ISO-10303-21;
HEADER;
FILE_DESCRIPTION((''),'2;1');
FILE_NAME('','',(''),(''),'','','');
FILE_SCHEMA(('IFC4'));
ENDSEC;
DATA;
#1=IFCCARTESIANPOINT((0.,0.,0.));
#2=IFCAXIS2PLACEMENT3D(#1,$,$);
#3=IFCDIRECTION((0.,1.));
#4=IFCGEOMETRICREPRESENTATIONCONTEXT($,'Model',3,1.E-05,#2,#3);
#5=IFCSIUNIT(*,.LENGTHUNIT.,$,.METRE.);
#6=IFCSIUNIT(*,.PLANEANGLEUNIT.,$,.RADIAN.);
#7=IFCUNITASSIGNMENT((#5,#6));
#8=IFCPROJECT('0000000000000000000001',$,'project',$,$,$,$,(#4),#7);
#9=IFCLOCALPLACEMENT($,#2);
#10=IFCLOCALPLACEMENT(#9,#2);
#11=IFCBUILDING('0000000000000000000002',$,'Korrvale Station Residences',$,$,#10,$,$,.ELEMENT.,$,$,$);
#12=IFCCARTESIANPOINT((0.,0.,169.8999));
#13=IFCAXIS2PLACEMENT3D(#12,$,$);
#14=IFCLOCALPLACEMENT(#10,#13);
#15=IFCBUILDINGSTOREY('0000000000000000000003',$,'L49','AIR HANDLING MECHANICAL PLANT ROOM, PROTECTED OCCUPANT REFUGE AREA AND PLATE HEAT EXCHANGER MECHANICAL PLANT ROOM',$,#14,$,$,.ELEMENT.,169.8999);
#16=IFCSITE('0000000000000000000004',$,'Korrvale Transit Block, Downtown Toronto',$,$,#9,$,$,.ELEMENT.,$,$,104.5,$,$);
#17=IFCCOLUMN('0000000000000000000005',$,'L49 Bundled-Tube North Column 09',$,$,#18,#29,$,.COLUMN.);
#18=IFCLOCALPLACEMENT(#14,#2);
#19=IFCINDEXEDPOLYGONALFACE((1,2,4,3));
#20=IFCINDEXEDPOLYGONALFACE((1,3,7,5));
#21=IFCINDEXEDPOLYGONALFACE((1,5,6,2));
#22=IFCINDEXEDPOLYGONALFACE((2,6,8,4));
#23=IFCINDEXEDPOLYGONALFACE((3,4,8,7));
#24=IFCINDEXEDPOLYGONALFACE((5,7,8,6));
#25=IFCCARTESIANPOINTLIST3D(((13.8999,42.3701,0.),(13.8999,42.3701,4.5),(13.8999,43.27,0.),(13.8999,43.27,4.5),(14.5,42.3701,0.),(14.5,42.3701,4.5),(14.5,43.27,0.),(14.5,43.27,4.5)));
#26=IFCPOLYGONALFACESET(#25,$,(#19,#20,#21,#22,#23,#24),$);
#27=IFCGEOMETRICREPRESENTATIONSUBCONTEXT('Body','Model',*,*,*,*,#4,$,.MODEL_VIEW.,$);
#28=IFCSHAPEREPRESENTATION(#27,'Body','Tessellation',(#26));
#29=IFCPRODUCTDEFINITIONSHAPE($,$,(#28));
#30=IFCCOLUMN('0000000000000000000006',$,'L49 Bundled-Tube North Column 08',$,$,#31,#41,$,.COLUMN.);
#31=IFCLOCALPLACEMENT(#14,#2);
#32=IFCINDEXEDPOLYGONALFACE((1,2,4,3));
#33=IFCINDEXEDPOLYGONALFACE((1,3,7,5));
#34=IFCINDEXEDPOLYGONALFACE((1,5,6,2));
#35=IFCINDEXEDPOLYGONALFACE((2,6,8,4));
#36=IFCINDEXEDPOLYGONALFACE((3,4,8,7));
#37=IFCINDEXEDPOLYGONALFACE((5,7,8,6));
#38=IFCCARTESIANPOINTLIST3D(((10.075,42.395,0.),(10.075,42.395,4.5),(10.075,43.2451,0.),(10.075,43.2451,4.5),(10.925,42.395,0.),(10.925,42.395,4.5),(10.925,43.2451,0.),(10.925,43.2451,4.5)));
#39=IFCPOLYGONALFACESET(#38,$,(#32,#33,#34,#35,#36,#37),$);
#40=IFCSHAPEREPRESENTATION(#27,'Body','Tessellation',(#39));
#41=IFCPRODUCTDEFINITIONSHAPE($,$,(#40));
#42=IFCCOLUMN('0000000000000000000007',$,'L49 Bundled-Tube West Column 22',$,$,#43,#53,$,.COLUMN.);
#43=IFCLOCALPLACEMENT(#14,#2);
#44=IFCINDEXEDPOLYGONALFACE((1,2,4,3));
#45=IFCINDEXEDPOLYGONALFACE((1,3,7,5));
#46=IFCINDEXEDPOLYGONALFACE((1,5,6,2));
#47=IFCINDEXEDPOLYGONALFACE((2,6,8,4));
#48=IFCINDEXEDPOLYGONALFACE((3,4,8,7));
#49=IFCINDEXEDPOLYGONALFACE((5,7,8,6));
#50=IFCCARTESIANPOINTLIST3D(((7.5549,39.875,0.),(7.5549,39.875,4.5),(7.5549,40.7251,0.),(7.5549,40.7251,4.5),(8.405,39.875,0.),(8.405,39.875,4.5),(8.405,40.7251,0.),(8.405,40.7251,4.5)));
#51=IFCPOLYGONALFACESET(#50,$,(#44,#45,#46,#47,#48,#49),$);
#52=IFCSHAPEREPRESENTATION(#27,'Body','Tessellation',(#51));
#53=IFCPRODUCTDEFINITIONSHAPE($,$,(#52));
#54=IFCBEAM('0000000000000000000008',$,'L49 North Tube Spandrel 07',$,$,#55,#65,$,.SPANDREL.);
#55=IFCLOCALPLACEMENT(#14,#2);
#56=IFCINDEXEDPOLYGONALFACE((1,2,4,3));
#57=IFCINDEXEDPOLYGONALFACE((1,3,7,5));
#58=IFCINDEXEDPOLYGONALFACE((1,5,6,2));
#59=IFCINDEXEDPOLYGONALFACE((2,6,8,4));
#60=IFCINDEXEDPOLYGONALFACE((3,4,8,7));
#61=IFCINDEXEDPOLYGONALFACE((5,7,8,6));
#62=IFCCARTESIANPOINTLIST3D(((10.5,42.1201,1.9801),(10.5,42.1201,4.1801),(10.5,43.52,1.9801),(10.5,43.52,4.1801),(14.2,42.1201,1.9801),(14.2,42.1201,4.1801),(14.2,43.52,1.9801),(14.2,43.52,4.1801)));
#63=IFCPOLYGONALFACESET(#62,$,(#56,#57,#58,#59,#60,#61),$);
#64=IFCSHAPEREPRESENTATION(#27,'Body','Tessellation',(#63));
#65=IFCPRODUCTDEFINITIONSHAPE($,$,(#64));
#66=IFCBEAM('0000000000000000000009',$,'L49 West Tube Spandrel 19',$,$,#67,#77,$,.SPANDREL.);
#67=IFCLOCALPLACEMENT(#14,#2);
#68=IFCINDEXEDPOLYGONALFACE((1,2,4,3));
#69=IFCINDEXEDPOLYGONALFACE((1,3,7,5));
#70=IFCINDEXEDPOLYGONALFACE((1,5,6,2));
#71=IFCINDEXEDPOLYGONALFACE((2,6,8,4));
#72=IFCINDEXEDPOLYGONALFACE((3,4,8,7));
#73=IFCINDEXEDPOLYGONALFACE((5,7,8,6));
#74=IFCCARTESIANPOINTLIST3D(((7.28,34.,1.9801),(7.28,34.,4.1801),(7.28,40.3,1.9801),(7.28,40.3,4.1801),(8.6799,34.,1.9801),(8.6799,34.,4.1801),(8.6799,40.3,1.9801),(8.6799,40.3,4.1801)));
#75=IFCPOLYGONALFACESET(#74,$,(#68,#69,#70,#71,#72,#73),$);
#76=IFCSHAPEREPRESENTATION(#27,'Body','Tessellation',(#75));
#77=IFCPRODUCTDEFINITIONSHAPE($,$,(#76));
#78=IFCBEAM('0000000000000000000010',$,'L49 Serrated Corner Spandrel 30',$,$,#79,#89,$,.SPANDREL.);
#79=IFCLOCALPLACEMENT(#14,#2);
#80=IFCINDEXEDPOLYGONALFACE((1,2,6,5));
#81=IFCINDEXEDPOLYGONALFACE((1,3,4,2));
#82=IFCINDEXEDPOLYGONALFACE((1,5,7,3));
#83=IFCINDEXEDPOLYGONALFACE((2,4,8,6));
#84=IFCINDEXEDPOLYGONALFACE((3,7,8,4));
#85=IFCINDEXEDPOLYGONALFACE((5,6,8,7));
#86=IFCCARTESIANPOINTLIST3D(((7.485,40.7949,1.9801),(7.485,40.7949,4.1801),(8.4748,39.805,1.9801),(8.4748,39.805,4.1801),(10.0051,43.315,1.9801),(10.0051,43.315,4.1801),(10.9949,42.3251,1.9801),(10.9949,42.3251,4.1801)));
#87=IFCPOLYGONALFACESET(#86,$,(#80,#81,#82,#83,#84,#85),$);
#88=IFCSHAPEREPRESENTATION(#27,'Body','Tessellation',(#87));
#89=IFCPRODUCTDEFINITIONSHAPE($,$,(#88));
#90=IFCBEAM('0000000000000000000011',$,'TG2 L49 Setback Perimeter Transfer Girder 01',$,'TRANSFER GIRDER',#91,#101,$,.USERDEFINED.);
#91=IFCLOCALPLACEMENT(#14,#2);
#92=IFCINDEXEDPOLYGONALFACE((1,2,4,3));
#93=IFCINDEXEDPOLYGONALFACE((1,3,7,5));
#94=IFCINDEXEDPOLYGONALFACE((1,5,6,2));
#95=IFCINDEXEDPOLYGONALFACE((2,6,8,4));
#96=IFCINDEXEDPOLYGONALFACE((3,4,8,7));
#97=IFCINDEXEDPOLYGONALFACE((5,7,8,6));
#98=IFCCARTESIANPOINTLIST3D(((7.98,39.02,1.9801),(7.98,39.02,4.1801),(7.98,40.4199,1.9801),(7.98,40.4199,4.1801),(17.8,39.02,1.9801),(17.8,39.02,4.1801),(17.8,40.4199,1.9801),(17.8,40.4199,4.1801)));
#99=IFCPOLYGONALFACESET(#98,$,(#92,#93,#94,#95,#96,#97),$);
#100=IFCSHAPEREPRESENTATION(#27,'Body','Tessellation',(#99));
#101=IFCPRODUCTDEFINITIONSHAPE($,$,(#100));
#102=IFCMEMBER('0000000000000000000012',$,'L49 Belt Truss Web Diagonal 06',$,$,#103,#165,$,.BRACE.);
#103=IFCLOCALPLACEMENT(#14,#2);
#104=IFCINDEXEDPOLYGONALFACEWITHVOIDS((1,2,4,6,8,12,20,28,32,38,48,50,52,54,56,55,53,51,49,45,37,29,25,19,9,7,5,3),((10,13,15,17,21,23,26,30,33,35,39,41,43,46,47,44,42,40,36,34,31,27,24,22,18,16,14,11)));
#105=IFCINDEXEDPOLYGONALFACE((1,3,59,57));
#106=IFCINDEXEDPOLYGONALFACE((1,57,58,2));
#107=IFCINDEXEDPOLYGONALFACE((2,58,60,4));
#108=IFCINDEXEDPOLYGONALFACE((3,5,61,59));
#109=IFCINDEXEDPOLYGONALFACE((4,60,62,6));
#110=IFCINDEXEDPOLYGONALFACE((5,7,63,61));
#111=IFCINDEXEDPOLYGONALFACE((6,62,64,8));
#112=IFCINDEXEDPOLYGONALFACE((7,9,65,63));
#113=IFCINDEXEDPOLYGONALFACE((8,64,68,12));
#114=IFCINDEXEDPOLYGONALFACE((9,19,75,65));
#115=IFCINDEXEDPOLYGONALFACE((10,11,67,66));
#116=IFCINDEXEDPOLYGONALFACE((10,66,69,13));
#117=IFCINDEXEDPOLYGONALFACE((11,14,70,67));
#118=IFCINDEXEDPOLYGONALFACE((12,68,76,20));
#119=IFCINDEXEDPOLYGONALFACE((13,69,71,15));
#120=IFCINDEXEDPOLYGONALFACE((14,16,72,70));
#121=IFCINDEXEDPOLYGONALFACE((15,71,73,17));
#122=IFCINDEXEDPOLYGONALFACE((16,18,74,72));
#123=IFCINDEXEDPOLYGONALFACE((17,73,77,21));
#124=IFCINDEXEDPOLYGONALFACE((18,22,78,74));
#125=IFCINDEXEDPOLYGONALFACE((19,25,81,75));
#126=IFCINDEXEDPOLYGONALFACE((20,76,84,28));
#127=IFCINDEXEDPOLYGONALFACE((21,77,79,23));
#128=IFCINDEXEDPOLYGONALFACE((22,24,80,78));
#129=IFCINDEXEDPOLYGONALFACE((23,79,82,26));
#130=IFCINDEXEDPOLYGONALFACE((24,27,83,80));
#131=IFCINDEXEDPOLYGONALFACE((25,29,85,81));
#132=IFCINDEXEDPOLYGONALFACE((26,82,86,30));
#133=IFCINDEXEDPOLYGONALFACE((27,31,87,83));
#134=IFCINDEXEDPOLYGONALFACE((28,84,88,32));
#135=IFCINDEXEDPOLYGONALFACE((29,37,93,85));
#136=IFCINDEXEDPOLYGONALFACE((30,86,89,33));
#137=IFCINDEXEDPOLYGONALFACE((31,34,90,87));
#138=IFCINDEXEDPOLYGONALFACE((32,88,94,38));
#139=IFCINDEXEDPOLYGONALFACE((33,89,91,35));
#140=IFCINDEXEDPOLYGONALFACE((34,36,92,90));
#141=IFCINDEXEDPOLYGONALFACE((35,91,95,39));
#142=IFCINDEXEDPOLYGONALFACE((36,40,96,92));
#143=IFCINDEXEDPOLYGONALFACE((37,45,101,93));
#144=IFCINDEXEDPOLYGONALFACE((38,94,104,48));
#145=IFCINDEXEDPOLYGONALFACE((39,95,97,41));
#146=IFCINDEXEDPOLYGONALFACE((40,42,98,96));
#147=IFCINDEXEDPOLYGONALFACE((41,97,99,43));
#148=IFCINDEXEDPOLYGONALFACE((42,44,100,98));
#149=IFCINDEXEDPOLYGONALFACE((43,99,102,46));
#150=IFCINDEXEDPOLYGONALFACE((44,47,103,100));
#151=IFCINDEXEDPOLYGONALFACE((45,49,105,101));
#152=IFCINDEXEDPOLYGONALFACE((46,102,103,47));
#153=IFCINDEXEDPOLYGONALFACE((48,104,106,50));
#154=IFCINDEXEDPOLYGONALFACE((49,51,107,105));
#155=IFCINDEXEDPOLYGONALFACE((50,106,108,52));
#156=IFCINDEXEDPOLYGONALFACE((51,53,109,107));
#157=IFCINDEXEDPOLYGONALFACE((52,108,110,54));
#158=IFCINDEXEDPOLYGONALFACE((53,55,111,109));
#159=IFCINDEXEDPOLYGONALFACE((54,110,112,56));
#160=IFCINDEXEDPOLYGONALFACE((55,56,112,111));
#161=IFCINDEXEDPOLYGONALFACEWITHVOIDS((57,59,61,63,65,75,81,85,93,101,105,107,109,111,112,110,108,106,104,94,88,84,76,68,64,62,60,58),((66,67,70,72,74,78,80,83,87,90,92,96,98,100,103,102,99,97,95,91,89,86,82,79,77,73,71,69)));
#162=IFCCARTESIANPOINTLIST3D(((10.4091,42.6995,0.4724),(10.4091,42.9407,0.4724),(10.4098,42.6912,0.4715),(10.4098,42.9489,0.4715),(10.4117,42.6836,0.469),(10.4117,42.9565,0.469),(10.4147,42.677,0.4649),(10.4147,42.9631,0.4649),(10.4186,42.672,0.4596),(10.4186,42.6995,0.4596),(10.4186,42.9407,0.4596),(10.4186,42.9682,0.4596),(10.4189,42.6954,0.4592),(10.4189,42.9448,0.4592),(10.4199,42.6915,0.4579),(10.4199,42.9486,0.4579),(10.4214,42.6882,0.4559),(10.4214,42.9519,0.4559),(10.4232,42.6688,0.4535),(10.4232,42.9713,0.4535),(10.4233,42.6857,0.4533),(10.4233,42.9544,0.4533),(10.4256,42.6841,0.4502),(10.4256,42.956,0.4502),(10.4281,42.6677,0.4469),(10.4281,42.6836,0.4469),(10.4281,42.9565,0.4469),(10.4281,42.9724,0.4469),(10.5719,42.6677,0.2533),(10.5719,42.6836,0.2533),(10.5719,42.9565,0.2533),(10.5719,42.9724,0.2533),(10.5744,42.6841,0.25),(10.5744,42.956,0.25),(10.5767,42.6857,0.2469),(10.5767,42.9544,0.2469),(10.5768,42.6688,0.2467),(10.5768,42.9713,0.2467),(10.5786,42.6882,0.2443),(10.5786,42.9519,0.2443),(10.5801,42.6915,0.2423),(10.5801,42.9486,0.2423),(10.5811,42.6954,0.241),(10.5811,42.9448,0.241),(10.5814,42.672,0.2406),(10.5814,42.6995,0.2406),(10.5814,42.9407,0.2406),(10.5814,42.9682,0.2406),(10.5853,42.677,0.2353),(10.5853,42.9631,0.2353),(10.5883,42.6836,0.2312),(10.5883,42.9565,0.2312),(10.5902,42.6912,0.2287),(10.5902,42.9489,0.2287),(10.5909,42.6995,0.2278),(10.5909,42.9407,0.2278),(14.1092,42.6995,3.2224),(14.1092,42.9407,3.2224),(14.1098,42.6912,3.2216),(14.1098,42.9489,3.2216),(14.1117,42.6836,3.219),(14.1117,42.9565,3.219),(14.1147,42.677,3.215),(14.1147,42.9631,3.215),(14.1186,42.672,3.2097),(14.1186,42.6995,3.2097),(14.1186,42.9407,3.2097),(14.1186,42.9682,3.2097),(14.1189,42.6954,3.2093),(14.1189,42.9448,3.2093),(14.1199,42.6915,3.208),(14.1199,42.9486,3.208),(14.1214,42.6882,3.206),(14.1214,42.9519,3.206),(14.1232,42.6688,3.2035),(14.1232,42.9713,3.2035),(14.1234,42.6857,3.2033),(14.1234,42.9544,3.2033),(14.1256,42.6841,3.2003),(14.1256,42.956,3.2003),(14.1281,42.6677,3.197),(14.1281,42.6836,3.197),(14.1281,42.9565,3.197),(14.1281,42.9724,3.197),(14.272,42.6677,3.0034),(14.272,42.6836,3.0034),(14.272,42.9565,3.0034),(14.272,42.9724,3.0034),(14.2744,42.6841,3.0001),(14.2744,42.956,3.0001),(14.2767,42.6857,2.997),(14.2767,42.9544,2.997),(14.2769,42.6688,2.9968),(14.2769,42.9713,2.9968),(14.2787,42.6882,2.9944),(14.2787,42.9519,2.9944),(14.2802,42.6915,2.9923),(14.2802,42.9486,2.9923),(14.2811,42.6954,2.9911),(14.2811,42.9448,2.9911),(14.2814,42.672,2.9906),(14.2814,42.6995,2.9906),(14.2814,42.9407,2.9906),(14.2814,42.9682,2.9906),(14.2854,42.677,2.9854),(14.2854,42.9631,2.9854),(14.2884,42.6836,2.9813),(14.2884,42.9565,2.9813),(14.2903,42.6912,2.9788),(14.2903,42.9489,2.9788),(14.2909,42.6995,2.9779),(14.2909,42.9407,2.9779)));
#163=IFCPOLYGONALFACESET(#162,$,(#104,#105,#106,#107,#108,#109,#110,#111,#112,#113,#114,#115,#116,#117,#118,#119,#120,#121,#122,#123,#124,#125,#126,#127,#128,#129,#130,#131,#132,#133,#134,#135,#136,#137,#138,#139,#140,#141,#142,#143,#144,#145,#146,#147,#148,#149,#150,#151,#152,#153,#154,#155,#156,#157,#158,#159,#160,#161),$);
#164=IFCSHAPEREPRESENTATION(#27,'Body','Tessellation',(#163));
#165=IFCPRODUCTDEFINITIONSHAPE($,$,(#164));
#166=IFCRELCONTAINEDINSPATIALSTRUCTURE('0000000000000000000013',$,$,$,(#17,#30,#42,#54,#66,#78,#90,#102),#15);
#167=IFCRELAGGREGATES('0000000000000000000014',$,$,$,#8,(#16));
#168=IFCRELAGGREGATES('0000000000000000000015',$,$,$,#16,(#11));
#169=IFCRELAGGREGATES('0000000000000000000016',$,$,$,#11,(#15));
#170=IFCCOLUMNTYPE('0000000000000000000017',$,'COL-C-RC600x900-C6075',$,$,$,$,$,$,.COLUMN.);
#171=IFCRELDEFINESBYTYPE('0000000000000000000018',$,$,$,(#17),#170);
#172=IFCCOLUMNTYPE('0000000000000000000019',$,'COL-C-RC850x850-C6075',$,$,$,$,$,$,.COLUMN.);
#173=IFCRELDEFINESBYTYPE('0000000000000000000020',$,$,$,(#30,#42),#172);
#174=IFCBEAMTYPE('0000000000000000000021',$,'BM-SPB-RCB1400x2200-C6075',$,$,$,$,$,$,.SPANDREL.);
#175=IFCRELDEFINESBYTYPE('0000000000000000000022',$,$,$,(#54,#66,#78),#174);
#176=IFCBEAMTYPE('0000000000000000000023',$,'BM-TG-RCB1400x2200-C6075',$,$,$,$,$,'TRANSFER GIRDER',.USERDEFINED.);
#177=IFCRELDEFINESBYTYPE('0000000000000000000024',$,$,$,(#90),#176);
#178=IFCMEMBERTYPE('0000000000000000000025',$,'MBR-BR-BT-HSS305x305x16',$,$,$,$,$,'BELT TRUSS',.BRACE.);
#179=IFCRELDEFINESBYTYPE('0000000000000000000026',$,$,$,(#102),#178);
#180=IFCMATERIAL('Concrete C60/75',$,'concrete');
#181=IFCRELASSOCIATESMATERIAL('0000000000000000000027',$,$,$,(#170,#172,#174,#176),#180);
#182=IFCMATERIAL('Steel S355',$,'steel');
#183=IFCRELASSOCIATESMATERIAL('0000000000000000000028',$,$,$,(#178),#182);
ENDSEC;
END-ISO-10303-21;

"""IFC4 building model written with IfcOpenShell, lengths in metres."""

from ifc_helpers import new_model, si_unit, direction, frame, origin, origin_2d, place, context, subcontext, project, spatial, rectangle, hollow_rectangle, extrude, material, material_profile, profile_set, type_object, element, save


model = new_model("IFC4")

# Units and contexts
model_context = context("Model", 3, precision=1e-05, world=origin(), true_north=direction((0.0, 1.0)))
body_context = subcontext(model_context, "Body", "Model", "MODEL_VIEW")
ifc_project = project(units=[si_unit("LENGTHUNIT", "METRE"), si_unit("PLANEANGLEUNIT", "RADIAN")], contexts=[model_context])

# Site, building, storey
site_placement = place(None, origin())
site = spatial("IfcSite", under=ifc_project, at=site_placement, Name="Korrvale Transit Block, Downtown Toronto", CompositionType="ELEMENT", RefElevation=104.5)
building_placement = place(site_placement, origin())
building = spatial("IfcBuilding", under=site, at=building_placement, Name="Korrvale Station Residences", CompositionType="ELEMENT")
storey_placement = place(building_placement, frame((0.0, 0.0, 169.8999)))
storey = spatial("IfcBuildingStorey", under=building, at=storey_placement, Name="L49", Description="AIR HANDLING MECHANICAL PLANT ROOM, PROTECTED OCCUPANT REFUGE AREA AND PLATE HEAT EXCHANGER MECHANICAL PLANT ROOM", CompositionType="ELEMENT", Elevation=169.8999)

# Columns
ifc_material_1 = material(Name="Concrete C60/75", Category="concrete")
ifc_material_profile_1 = material_profile(ifc_material_1, rectangle(XDim=0.6001, YDim=0.8999, at=origin_2d()), Name="RC600x900")
ifc_profile_set_1 = profile_set([ifc_material_profile_1], Name="Concrete C60/75")
column_type_1 = type_object("IfcColumnType", Name="COL-C-RC600x900-C6075", PredefinedType="COLUMN", material=ifc_profile_set_1)
column_placement = place(storey_placement, frame((14.2, 42.8201, 0.0), z_axis=(0.0, 0.0, 1.0), x_axis=(1.0, 0.0, 0.0)))
element("IfcColumn", 1, at=column_placement, inside=storey, type_object=column_type_1, Name="L49 Bundled-Tube North Column 09", PredefinedType="COLUMN", context=body_context, shape_type="SweptSolid", body=[
    extrude(rectangle(XDim=0.6001, YDim=0.8999, at=origin_2d()), origin(), (0.0, 0.0, 1.0), 4.5),
])
ifc_material_profile_2 = material_profile(ifc_material_1, rectangle(XDim=0.8501, YDim=0.8501, at=origin_2d()), Name="RC850x850")
ifc_profile_set_2 = profile_set([ifc_material_profile_2], Name="Concrete C60/75")
column_type_2 = type_object("IfcColumnType", Name="COL-C-RC850x850-C6075", PredefinedType="COLUMN", material=ifc_profile_set_2)
for number, where, z_axis, x_axis, name in (
    (2, (10.5, 42.8201, 0.0), (0.0, 0.0, 1.0), (1.0, 0.0, 0.0), "L49 Bundled-Tube North Column 08"),
    (3, (7.98, 40.3, 0.0), (0.0, 0.0, 1.0), (1.0, 0.0, 0.0), "L49 Bundled-Tube West Column 22"),
):
    element("IfcColumn", number, at=place(storey_placement, frame(where, z_axis=z_axis, x_axis=x_axis)), inside=storey, type_object=column_type_2, Name=name, PredefinedType="COLUMN", context=body_context, shape_type="SweptSolid", body=[
        extrude(rectangle(XDim=0.8501, YDim=0.8501, at=origin_2d()), origin(), (0.0, 0.0, 1.0), 4.5),
    ])

# Beams
ifc_material_profile_3 = material_profile(ifc_material_1, rectangle(XDim=1.3999, YDim=2.2, at=origin_2d()), Name="RCB1400x2200")
ifc_profile_set_3 = profile_set([ifc_material_profile_3], Name="Concrete C60/75")
beam_type_1 = type_object("IfcBeamType", Name="BM-SPB-RCB1400x2200-C6075", PredefinedType="SPANDREL", material=ifc_profile_set_3)
beam_1_placement = place(storey_placement, frame((10.5, 42.8201, 3.0801), z_axis=(1.0, 0.0, 0.0), x_axis=(0.0, 1.0, 0.0)))
element("IfcBeam", 4, at=beam_1_placement, inside=storey, type_object=beam_type_1, Name="L49 North Tube Spandrel 07", PredefinedType="SPANDREL", context=body_context, shape_type="SweptSolid", body=[
    extrude(rectangle(XDim=1.3999, YDim=2.2, at=origin_2d()), origin(), (0.0, 0.0, 1.0), 3.7),
])
beam_2_placement = place(storey_placement, frame((7.98, 34.0, 3.0801), z_axis=(0.0, 1.0, 0.0), x_axis=(-1.0, 0.0, 0.0)))
element("IfcBeam", 5, at=beam_2_placement, inside=storey, type_object=beam_type_1, Name="L49 West Tube Spandrel 19", PredefinedType="SPANDREL", context=body_context, shape_type="SweptSolid", body=[
    extrude(rectangle(XDim=1.3999, YDim=2.2, at=origin_2d()), origin(), (0.0, 0.0, 1.0), 6.3),
])
beam_3_placement = place(storey_placement, frame((10.5, 42.8201, 3.0801), z_axis=(-0.707107, -0.707107, 0.0), x_axis=(0.707107, -0.707107, 0.0)))
element("IfcBeam", 6, at=beam_3_placement, inside=storey, type_object=beam_type_1, Name="L49 Serrated Corner Spandrel 30", PredefinedType="SPANDREL", context=body_context, shape_type="SweptSolid", body=[
    extrude(rectangle(XDim=1.3999, YDim=2.2, at=origin_2d()), origin(), (0.0, 0.0, 1.0), 3.564),
])
ifc_material_profile_4 = material_profile(ifc_material_1, rectangle(XDim=1.3999, YDim=2.2, at=origin_2d()), Name="RCB1400x2200")
ifc_profile_set_4 = profile_set([ifc_material_profile_4], Name="Concrete C60/75")
beam_type_2 = type_object("IfcBeamType", Name="BM-TG-RCB1400x2200-C6075", ElementType="TRANSFER GIRDER", PredefinedType="USERDEFINED", material=ifc_profile_set_4)
beam_4_placement = place(storey_placement, frame((7.98, 39.72, 3.0801), z_axis=(1.0, 0.0, 0.0), x_axis=(0.0, 1.0, 0.0)))
element("IfcBeam", 7, at=beam_4_placement, inside=storey, type_object=beam_type_2, Name="TG2 L49 Setback Perimeter Transfer Girder 01", ObjectType="TRANSFER GIRDER", PredefinedType="USERDEFINED", context=body_context, shape_type="SweptSolid", body=[
    extrude(rectangle(XDim=1.3999, YDim=2.2, at=origin_2d()), origin(), (0.0, 0.0, 1.0), 9.8201),
])

# Member
ifc_material_2 = material(Name="Steel S355", Category="steel")
ifc_material_profile_5 = material_profile(ifc_material_2, hollow_rectangle(XDim=0.3047, YDim=0.3047, WallThickness=0.0159, InnerFilletRadius=0.0159, OuterFilletRadius=0.0317, at=origin_2d()), Name="HSS305x305x16")
ifc_profile_set_5 = profile_set([ifc_material_profile_5], Name="Steel S355")
member_type_1 = type_object("IfcMemberType", Name="MBR-BR-BT-HSS305x305x16", ElementType="BELT TRUSS", PredefinedType="BRACE", material=ifc_profile_set_5)
member_1_placement = place(storey_placement, frame((10.5, 42.8201, 0.3501), z_axis=(0.802592, 0.0, 0.596529), x_axis=(0.0, 1.0, 0.0)))
element("IfcMember", 8, at=member_1_placement, inside=storey, type_object=member_type_1, Name="L49 Belt Truss Web Diagonal 06", PredefinedType="BRACE", context=body_context, shape_type="SweptSolid", body=[
    extrude(hollow_rectangle(XDim=0.3047, YDim=0.3047, WallThickness=0.0159, InnerFilletRadius=0.0159, OuterFilletRadius=0.0317, at=origin_2d()), origin(), (0.0, 0.0, 1.0), 4.6101),
])

save(model, "model.ifc")
